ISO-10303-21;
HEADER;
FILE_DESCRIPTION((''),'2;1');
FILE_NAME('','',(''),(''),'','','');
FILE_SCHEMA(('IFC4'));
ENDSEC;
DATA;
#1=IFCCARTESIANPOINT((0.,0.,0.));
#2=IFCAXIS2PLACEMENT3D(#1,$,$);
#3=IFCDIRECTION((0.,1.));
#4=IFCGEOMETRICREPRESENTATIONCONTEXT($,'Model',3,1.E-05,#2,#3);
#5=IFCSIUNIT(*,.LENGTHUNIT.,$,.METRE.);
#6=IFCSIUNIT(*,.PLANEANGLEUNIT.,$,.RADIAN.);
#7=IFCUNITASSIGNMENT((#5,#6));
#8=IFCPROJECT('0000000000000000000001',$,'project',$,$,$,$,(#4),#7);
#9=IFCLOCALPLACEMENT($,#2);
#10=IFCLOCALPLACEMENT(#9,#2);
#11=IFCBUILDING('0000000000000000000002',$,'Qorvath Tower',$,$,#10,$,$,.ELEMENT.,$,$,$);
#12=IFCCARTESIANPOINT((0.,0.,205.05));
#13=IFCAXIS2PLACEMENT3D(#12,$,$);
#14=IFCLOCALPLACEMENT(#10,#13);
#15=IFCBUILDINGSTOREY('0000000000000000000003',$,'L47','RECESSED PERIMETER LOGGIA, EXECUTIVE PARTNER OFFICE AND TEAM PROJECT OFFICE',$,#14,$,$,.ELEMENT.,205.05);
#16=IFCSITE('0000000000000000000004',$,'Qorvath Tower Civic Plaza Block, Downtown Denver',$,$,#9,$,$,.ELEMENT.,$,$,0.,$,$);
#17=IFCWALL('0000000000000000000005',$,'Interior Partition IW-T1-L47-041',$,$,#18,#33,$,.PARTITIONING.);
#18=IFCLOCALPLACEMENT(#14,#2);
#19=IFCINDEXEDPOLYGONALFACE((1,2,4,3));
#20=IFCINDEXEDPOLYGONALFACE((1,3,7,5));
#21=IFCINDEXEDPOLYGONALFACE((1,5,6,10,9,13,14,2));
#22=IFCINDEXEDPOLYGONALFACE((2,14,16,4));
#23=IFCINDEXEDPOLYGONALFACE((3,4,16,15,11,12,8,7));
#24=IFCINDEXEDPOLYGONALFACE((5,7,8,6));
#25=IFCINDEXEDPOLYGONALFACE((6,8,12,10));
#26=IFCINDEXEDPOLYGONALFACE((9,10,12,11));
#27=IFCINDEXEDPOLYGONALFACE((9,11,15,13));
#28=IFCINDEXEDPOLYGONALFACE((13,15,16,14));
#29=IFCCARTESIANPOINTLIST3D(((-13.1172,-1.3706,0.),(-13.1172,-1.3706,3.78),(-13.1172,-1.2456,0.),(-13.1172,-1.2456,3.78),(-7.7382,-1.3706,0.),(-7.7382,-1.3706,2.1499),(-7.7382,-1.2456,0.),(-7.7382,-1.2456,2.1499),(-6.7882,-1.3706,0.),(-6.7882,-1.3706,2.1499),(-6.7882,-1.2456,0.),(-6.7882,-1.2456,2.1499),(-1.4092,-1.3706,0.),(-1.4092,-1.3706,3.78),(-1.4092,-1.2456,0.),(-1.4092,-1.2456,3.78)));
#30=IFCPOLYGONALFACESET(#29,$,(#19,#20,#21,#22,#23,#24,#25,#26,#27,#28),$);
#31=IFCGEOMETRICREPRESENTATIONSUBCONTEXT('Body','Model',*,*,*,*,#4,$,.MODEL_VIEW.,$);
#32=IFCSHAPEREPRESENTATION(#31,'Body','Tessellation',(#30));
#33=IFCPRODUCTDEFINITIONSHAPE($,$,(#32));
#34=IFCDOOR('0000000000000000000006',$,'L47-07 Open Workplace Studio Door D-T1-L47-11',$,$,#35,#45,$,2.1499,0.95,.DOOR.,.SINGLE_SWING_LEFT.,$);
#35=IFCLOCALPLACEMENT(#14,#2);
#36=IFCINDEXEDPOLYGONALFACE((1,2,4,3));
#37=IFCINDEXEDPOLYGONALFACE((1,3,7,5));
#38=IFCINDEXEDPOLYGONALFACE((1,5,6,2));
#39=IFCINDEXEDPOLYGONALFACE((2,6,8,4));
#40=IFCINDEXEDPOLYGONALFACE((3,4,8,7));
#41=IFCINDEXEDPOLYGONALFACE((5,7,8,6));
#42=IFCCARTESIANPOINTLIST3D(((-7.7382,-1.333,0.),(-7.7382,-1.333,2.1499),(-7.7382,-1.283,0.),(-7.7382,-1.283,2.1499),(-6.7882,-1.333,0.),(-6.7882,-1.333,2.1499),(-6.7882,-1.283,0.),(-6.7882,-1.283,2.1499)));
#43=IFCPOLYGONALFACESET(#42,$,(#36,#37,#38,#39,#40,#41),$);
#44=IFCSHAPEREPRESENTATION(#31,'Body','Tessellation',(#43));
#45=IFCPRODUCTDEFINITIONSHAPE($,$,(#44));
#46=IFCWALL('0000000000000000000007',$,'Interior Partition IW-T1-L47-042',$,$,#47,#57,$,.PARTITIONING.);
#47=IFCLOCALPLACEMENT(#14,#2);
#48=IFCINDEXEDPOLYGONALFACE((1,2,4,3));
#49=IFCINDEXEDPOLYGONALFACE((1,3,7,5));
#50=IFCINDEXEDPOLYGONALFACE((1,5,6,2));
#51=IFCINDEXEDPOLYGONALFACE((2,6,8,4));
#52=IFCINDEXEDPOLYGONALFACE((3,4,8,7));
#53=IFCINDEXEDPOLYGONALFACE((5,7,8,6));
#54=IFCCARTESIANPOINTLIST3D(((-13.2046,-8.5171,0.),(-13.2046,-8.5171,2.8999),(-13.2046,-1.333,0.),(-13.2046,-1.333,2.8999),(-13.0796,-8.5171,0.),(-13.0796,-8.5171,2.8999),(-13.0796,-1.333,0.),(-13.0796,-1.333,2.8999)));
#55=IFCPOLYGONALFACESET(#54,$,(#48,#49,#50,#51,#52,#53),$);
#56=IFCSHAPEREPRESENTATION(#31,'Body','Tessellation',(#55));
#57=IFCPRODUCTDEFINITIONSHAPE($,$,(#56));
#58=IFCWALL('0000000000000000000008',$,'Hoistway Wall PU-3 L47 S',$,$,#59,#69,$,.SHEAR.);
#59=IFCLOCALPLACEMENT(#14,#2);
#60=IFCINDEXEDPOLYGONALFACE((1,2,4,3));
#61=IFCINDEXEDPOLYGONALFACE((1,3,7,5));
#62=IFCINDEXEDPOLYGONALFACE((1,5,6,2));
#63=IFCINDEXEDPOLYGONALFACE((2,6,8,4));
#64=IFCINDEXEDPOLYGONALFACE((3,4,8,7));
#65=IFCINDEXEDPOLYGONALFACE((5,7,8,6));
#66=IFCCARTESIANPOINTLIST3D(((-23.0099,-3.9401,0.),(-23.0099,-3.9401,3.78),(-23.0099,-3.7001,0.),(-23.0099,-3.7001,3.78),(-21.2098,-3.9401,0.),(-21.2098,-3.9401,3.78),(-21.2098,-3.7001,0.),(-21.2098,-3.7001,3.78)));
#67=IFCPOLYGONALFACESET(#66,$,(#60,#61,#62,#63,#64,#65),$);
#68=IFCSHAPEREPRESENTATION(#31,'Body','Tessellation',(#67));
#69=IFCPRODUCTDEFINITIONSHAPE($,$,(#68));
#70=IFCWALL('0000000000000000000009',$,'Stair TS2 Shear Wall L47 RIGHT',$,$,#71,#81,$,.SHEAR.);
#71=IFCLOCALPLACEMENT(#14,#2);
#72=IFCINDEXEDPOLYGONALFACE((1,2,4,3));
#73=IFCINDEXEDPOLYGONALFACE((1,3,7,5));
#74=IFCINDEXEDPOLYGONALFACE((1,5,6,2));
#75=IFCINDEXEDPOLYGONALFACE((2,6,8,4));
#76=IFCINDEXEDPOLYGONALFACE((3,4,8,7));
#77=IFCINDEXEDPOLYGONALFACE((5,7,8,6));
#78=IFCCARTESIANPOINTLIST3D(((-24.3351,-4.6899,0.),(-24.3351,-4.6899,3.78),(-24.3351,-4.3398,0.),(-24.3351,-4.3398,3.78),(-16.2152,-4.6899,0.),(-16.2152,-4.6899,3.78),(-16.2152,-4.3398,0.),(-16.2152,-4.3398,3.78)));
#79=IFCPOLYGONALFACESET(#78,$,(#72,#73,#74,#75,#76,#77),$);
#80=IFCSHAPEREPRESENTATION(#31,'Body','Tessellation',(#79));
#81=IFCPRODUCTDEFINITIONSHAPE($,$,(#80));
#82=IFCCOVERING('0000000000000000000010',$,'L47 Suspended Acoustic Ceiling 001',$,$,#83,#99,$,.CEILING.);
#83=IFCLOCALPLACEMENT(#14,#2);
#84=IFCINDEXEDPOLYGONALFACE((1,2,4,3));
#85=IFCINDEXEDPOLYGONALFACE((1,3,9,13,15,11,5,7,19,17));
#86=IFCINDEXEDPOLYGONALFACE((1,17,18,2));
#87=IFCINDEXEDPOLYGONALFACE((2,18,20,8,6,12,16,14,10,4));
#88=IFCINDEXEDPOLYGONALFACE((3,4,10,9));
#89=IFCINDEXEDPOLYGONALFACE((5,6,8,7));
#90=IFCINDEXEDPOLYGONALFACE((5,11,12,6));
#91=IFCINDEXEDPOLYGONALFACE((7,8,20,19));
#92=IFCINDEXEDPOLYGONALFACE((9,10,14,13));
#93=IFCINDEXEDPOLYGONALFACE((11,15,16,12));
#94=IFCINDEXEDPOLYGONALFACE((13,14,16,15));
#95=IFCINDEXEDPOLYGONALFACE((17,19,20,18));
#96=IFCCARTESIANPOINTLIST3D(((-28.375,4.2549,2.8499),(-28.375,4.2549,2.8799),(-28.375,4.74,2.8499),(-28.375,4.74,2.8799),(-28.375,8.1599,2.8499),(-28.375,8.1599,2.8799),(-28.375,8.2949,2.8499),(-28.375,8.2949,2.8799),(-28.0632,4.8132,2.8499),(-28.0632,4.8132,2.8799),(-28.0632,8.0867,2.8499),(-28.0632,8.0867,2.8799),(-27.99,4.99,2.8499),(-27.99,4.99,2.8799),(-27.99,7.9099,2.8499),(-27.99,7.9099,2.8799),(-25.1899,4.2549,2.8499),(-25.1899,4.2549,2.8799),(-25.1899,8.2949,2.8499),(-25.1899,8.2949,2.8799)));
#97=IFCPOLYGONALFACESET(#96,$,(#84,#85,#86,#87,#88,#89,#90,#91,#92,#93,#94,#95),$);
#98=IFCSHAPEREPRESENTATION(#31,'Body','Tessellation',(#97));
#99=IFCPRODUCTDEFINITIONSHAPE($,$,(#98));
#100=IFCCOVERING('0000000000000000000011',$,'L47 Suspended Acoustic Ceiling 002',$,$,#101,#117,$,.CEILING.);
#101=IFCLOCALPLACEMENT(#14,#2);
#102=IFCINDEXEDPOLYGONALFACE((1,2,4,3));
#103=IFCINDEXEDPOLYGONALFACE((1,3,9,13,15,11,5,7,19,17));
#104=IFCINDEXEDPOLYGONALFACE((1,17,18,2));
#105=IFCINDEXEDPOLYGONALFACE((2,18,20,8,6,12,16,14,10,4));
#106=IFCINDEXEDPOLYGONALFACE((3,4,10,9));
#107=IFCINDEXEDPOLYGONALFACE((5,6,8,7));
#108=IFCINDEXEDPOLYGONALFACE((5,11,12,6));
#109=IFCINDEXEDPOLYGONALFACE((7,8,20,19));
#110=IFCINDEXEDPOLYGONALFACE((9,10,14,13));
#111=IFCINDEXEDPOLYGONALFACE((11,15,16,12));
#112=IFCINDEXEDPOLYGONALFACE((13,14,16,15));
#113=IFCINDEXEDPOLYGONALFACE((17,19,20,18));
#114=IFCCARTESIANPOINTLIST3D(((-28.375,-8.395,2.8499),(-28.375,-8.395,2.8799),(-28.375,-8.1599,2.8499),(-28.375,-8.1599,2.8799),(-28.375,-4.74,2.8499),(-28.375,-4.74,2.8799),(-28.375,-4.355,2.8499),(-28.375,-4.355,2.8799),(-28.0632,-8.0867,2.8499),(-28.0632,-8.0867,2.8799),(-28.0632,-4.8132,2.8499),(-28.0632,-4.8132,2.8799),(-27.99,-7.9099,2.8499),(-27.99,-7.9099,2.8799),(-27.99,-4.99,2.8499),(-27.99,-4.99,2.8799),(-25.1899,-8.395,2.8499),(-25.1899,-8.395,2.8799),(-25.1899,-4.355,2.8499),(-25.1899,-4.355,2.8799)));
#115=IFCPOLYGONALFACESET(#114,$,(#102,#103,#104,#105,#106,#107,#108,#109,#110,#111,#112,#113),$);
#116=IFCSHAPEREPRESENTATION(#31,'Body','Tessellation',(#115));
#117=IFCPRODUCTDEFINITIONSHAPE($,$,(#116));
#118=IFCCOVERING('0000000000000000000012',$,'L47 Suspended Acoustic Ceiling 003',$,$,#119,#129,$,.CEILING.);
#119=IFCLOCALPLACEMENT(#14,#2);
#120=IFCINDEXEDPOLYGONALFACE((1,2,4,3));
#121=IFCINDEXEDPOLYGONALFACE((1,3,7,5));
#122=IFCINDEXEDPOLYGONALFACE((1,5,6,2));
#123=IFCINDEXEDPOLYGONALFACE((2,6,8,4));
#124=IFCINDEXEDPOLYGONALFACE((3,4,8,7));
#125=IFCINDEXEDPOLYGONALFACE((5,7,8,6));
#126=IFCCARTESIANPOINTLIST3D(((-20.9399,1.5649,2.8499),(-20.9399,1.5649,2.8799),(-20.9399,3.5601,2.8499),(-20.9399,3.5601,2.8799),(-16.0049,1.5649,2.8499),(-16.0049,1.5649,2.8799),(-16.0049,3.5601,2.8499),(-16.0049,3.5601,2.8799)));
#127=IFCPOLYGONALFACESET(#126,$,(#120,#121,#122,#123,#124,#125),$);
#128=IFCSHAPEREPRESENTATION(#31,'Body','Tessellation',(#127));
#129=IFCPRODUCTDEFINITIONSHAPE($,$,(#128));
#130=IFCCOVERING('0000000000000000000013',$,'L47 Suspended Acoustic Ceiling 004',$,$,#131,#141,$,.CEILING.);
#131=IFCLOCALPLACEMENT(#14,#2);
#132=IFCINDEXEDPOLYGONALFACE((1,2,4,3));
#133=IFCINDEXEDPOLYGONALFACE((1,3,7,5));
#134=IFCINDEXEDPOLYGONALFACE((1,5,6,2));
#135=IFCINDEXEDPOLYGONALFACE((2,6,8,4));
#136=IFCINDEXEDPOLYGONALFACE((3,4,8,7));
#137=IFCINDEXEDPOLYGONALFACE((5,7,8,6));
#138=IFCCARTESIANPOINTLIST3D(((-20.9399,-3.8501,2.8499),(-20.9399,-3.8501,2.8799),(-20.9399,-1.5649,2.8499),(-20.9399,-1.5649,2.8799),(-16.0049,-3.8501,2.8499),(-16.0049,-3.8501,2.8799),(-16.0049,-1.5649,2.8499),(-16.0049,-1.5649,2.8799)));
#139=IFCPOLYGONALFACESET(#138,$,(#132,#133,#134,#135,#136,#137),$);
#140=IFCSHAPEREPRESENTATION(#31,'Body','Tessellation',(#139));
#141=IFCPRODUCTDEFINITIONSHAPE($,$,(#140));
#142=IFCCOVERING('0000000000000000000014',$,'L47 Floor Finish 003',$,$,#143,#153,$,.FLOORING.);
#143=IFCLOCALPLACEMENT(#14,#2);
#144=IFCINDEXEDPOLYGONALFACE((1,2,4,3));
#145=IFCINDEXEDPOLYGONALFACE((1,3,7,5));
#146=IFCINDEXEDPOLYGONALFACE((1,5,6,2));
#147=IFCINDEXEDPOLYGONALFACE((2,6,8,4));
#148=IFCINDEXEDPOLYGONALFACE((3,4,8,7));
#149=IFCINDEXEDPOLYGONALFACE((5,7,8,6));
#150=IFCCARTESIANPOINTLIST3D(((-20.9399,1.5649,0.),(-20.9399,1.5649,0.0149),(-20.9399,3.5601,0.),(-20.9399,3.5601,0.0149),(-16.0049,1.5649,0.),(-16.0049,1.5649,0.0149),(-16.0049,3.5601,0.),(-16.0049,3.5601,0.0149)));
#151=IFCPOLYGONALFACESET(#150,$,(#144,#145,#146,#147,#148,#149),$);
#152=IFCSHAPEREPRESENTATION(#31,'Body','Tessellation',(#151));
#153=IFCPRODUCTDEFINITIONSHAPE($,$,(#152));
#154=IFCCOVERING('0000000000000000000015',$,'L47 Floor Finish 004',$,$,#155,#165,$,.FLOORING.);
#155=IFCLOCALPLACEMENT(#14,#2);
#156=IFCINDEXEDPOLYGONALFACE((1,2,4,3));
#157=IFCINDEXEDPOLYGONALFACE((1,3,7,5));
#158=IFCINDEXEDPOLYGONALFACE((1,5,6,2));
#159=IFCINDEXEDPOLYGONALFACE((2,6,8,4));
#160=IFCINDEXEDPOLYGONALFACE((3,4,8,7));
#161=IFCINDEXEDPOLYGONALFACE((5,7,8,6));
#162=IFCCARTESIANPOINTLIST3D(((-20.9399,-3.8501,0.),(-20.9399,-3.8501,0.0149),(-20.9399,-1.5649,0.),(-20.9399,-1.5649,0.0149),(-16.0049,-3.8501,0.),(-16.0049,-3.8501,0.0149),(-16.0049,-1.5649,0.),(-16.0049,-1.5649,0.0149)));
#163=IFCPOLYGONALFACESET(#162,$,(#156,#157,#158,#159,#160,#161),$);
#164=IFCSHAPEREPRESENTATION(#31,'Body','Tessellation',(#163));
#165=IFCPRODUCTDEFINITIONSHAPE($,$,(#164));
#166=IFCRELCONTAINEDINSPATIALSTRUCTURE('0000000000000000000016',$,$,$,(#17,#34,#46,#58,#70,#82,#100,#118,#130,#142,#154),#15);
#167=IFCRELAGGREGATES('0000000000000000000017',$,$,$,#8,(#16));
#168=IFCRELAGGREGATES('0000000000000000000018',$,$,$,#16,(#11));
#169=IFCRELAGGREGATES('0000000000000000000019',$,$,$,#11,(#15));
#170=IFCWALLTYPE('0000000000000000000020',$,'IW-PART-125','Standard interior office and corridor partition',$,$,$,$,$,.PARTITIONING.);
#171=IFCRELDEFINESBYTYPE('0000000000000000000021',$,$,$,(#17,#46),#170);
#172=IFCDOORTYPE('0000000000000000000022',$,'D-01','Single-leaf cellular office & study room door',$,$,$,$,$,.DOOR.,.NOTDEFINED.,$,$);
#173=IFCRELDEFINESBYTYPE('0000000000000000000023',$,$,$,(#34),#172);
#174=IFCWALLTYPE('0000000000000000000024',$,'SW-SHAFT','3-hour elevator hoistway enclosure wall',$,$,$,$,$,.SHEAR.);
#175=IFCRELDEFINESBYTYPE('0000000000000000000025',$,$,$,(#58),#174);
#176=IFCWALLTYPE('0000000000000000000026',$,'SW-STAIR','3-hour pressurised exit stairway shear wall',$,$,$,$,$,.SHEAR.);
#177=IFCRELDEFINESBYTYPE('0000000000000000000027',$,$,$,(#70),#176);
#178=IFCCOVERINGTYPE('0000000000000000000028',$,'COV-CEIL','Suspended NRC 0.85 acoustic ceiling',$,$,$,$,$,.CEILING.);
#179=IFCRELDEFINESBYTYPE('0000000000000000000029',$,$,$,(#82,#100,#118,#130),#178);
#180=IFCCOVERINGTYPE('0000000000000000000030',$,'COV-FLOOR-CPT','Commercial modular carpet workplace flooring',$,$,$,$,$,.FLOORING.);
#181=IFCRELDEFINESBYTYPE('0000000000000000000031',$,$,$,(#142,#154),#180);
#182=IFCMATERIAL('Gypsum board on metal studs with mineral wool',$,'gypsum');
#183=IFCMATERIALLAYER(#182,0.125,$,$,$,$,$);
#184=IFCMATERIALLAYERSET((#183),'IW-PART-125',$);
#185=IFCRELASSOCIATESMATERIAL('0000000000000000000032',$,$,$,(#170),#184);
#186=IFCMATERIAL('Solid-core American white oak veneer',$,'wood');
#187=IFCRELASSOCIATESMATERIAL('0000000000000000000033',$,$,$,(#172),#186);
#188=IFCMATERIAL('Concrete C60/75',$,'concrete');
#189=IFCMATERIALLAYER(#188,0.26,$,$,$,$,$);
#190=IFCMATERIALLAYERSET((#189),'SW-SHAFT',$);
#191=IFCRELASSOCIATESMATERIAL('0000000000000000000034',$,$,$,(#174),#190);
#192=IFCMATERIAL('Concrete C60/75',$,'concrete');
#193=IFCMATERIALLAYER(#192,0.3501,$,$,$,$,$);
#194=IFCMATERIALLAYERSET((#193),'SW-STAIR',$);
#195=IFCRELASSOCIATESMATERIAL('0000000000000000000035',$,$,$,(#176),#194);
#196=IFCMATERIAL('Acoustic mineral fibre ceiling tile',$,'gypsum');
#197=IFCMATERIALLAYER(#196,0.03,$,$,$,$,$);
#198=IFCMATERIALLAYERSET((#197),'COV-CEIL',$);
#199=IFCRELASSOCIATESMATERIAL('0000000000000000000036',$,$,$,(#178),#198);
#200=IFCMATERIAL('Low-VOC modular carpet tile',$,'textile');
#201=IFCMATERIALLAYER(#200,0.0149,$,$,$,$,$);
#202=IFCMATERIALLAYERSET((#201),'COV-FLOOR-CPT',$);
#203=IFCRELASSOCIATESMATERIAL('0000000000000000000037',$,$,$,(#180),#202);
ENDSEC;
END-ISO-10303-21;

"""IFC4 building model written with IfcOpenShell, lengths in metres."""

from ifc_helpers import new_model, si_unit, direction, frame, frame_2d, origin, place, context, subcontext, project, spatial, polyline, rectangle, outline, extrude, material, layer, layer_set, type_object, element, fill, save


model = new_model("IFC4")

# Units and contexts
model_context = context("Model", 3, precision=1e-05, world=origin(), true_north=direction((0.0, 1.0)))
body_context = subcontext(model_context, "Body", "Model", "MODEL_VIEW")
ifc_project = project(units=[si_unit("LENGTHUNIT", "METRE"), si_unit("PLANEANGLEUNIT", "RADIAN")], contexts=[model_context])

# Site, building, storey
site_placement = place(None, origin())
site = spatial("IfcSite", under=ifc_project, at=site_placement, Name="Qorvath Tower Civic Plaza Block, Downtown Denver", CompositionType="ELEMENT", RefElevation=0.0)
building_placement = place(site_placement, origin())
building = spatial("IfcBuilding", under=site, at=building_placement, Name="Qorvath Tower", CompositionType="ELEMENT")
storey_placement = place(building_placement, frame((0.0, 0.0, 205.05)))
storey = spatial("IfcBuildingStorey", under=building, at=storey_placement, Name="L47", Description="RECESSED PERIMETER LOGGIA, EXECUTIVE PARTNER OFFICE AND TEAM PROJECT OFFICE", CompositionType="ELEMENT", Elevation=205.05)

# Shared definitions
ifc_material_1 = material(Name="Gypsum board on metal studs with mineral wool", Category="gypsum")
ifc_layer_1 = layer(ifc_material_1, 0.125)
ifc_layer_set_1 = layer_set([ifc_layer_1], Name="IW-PART-125")
wall_type_1 = type_object("IfcWallType", Name="IW-PART-125", Description="Standard interior office and corridor partition", PredefinedType="PARTITIONING", material=ifc_layer_set_1)

# Wall, opening, door
ifc_material_2 = material(Name="Solid-core American white oak veneer", Category="wood")
door_type = type_object("IfcDoorType", Name="D-01", Description="Single-leaf cellular office & study room door", OperationType="NOTDEFINED", PredefinedType="DOOR", material=ifc_material_2)
wall_1_placement = place(storey_placement, frame((-1.4092, -1.3081, 0.0), z_axis=(0.0, 0.0, 1.0), x_axis=(-1.0, 0.0, 0.0)))
wall_1 = element("IfcWall", 1, at=wall_1_placement, inside=storey, type_object=wall_type_1, Name="Interior Partition IW-T1-L47-041", PredefinedType="PARTITIONING", context=body_context, shape_type="SweptSolid", body=[
    extrude(rectangle(XDim=11.708, YDim=0.125, at=frame_2d((5.854, 0.0))), origin(), (0.0, 0.0, 1.0), 3.78),
])
opening_1_placement = place(wall_1_placement, frame((5.3789, 0.0, 0.0)))
opening_1 = element("IfcOpeningElement", 2, at=opening_1_placement, cuts=wall_1, PredefinedType="OPENING", context=body_context, shape_type="SweptSolid", body=[
    extrude(rectangle(XDim=0.95, YDim=2.1499, at=frame_2d((0.4751, 1.075))), frame((0.0, 0.0725, 0.0), z_axis=(0.0, -1.0, 0.0), x_axis=(1.0, 0.0, 0.0)), (0.0, 0.0, 1.0), 0.145),
])
door_1_placement = place(opening_1_placement, origin())
door_1 = element("IfcDoor", 3, at=door_1_placement, inside=storey, type_object=door_type, Name="L47-07 Open Workplace Studio Door D-T1-L47-11", OperationType="SINGLE_SWING_LEFT", OverallHeight=2.1499, OverallWidth=0.95, PredefinedType="DOOR", context=body_context, shape_type="SweptSolid", body=[
    extrude(rectangle(XDim=0.95, YDim=2.1499, at=frame_2d((0.4751, 1.075))), frame((0.0, 0.0249, 0.0), z_axis=(0.0, -1.0, 0.0), x_axis=(1.0, 0.0, 0.0)), (0.0, 0.0, 1.0), 0.05),
])
fill(opening_1, door_1)

# Walls
wall_2_placement = place(storey_placement, frame((-13.1421, -1.333, 0.0), z_axis=(0.0, 0.0, 1.0), x_axis=(0.0, -1.0, 0.0)))
element("IfcWall", 4, at=wall_2_placement, inside=storey, type_object=wall_type_1, Name="Interior Partition IW-T1-L47-042", PredefinedType="PARTITIONING", context=body_context, shape_type="SweptSolid", body=[
    extrude(rectangle(XDim=7.1841, YDim=0.125, at=frame_2d((3.592, 0.0))), origin(), (0.0, 0.0, 1.0), 2.8999),
])
ifc_material_3 = material(Name="Concrete C60/75", Category="concrete")
ifc_layer_2 = layer(ifc_material_3, 0.26)
ifc_layer_set_2 = layer_set([ifc_layer_2], Name="SW-SHAFT")
wall_type_2 = type_object("IfcWallType", Name="SW-SHAFT", Description="3-hour elevator hoistway enclosure wall", PredefinedType="SHEAR", material=ifc_layer_set_2)
wall_3_placement = place(storey_placement, frame((-21.21, -3.8201, 0.0), z_axis=(0.0, 0.0, 1.0), x_axis=(-1.0, 0.0, 0.0)))
element("IfcWall", 5, at=wall_3_placement, inside=storey, type_object=wall_type_2, Name="Hoistway Wall PU-3 L47 S", PredefinedType="SHEAR", context=body_context, shape_type="SweptSolid", body=[
    extrude(rectangle(XDim=1.8, YDim=0.24, at=frame_2d((0.8999, 0.0))), origin(), (0.0, 0.0, 1.0), 3.78),
])
ifc_material_4 = material(Name="Concrete C60/75", Category="concrete")
ifc_layer_3 = layer(ifc_material_4, 0.3501)
ifc_layer_set_3 = layer_set([ifc_layer_3], Name="SW-STAIR")
wall_type_3 = type_object("IfcWallType", Name="SW-STAIR", Description="3-hour pressurised exit stairway shear wall", PredefinedType="SHEAR", material=ifc_layer_set_3)
wall_4_placement = place(storey_placement, frame((-16.2151, -4.5149, 0.0), z_axis=(0.0, 0.0, 1.0), x_axis=(-1.0, 0.0, 0.0)))
element("IfcWall", 6, at=wall_4_placement, inside=storey, type_object=wall_type_3, Name="Stair TS2 Shear Wall L47 RIGHT", PredefinedType="SHEAR", context=body_context, shape_type="SweptSolid", body=[
    extrude(rectangle(XDim=8.1199, YDim=0.3501, at=frame_2d((4.0601, 0.0))), origin(), (0.0, 0.0, 1.0), 3.78),
])

# Coverings
ifc_material_5 = material(Name="Acoustic mineral fibre ceiling tile", Category="gypsum")
ifc_layer_4 = layer(ifc_material_5, 0.03)
ifc_layer_set_4 = layer_set([ifc_layer_4], Name="COV-CEIL")
covering_type_1 = type_object("IfcCoveringType", Name="COV-CEIL", Description="Suspended NRC 0.85 acoustic ceiling", PredefinedType="CEILING", material=ifc_layer_set_4)
covering_1_placement = place(storey_placement, frame((0.0, 0.0, 2.8499)))
element("IfcCovering", 7, at=covering_1_placement, inside=storey, type_object=covering_type_1, Name="L47 Suspended Acoustic Ceiling 001", PredefinedType="CEILING", context=body_context, shape_type="SweptSolid", body=[
    extrude(outline(polyline([(-25.1899, 4.2549), (-25.1899, 8.2949), (-28.375, 8.2949), (-28.375, 8.1599), (-28.0632, 8.0867), (-27.99, 7.9099), (-27.99, 4.99), (-28.0632, 4.8132), (-28.375, 4.74), (-28.375, 4.2549), (-25.1899, 4.2549)])), origin(), (0.0, 0.0, 1.0), 0.03),
])
covering_2_placement = place(storey_placement, frame((0.0, 0.0, 2.8499)))
element("IfcCovering", 8, at=covering_2_placement, inside=storey, type_object=covering_type_1, Name="L47 Suspended Acoustic Ceiling 002", PredefinedType="CEILING", context=body_context, shape_type="SweptSolid", body=[
    extrude(outline(polyline([(-25.1899, -8.395), (-25.1899, -4.355), (-28.375, -4.355), (-28.375, -4.74), (-28.0632, -4.8132), (-27.99, -4.99), (-27.99, -7.9099), (-28.0632, -8.0867), (-28.375, -8.1599), (-28.375, -8.395), (-25.1899, -8.395)])), origin(), (0.0, 0.0, 1.0), 0.03),
])
covering_3_placement = place(storey_placement, frame((0.0, 0.0, 2.8499)))
element("IfcCovering", 9, at=covering_3_placement, inside=storey, type_object=covering_type_1, Name="L47 Suspended Acoustic Ceiling 003", PredefinedType="CEILING", context=body_context, shape_type="SweptSolid", body=[
    extrude(outline(polyline([(-16.0049, 3.5601), (-20.9399, 3.5601), (-20.9399, 1.5649), (-16.0049, 1.5649), (-16.0049, 3.5601)])), origin(), (0.0, 0.0, 1.0), 0.03),
])
covering_4_placement = place(storey_placement, frame((0.0, 0.0, 2.8499)))
element("IfcCovering", 10, at=covering_4_placement, inside=storey, type_object=covering_type_1, Name="L47 Suspended Acoustic Ceiling 004", PredefinedType="CEILING", context=body_context, shape_type="SweptSolid", body=[
    extrude(outline(polyline([(-20.9399, -1.5649), (-20.9399, -3.8501), (-16.0049, -3.8501), (-16.0049, -1.5649), (-20.9399, -1.5649)])), origin(), (0.0, 0.0, 1.0), 0.03),
])
ifc_material_6 = material(Name="Low-VOC modular carpet tile", Category="textile")
ifc_layer_5 = layer(ifc_material_6, 0.0149)
ifc_layer_set_5 = layer_set([ifc_layer_5], Name="COV-FLOOR-CPT")
covering_type_2 = type_object("IfcCoveringType", Name="COV-FLOOR-CPT", Description="Commercial modular carpet workplace flooring", PredefinedType="FLOORING", material=ifc_layer_set_5)
covering_5_placement = place(storey_placement, origin())
element("IfcCovering", 11, at=covering_5_placement, inside=storey, type_object=covering_type_2, Name="L47 Floor Finish 003", PredefinedType="FLOORING", context=body_context, shape_type="SweptSolid", body=[
    extrude(outline(polyline([(-16.0049, 3.5601), (-20.9399, 3.5601), (-20.9399, 1.5649), (-16.0049, 1.5649), (-16.0049, 3.5601)])), origin(), (0.0, 0.0, 1.0), 0.0149),
])
covering_6_placement = place(storey_placement, origin())
element("IfcCovering", 12, at=covering_6_placement, inside=storey, type_object=covering_type_2, Name="L47 Floor Finish 004", PredefinedType="FLOORING", context=body_context, shape_type="SweptSolid", body=[
    extrude(outline(polyline([(-20.9399, -1.5649), (-20.9399, -3.8501), (-16.0049, -3.8501), (-16.0049, -1.5649), (-20.9399, -1.5649)])), origin(), (0.0, 0.0, 1.0), 0.0149),
])

save(model, "model.ifc")
